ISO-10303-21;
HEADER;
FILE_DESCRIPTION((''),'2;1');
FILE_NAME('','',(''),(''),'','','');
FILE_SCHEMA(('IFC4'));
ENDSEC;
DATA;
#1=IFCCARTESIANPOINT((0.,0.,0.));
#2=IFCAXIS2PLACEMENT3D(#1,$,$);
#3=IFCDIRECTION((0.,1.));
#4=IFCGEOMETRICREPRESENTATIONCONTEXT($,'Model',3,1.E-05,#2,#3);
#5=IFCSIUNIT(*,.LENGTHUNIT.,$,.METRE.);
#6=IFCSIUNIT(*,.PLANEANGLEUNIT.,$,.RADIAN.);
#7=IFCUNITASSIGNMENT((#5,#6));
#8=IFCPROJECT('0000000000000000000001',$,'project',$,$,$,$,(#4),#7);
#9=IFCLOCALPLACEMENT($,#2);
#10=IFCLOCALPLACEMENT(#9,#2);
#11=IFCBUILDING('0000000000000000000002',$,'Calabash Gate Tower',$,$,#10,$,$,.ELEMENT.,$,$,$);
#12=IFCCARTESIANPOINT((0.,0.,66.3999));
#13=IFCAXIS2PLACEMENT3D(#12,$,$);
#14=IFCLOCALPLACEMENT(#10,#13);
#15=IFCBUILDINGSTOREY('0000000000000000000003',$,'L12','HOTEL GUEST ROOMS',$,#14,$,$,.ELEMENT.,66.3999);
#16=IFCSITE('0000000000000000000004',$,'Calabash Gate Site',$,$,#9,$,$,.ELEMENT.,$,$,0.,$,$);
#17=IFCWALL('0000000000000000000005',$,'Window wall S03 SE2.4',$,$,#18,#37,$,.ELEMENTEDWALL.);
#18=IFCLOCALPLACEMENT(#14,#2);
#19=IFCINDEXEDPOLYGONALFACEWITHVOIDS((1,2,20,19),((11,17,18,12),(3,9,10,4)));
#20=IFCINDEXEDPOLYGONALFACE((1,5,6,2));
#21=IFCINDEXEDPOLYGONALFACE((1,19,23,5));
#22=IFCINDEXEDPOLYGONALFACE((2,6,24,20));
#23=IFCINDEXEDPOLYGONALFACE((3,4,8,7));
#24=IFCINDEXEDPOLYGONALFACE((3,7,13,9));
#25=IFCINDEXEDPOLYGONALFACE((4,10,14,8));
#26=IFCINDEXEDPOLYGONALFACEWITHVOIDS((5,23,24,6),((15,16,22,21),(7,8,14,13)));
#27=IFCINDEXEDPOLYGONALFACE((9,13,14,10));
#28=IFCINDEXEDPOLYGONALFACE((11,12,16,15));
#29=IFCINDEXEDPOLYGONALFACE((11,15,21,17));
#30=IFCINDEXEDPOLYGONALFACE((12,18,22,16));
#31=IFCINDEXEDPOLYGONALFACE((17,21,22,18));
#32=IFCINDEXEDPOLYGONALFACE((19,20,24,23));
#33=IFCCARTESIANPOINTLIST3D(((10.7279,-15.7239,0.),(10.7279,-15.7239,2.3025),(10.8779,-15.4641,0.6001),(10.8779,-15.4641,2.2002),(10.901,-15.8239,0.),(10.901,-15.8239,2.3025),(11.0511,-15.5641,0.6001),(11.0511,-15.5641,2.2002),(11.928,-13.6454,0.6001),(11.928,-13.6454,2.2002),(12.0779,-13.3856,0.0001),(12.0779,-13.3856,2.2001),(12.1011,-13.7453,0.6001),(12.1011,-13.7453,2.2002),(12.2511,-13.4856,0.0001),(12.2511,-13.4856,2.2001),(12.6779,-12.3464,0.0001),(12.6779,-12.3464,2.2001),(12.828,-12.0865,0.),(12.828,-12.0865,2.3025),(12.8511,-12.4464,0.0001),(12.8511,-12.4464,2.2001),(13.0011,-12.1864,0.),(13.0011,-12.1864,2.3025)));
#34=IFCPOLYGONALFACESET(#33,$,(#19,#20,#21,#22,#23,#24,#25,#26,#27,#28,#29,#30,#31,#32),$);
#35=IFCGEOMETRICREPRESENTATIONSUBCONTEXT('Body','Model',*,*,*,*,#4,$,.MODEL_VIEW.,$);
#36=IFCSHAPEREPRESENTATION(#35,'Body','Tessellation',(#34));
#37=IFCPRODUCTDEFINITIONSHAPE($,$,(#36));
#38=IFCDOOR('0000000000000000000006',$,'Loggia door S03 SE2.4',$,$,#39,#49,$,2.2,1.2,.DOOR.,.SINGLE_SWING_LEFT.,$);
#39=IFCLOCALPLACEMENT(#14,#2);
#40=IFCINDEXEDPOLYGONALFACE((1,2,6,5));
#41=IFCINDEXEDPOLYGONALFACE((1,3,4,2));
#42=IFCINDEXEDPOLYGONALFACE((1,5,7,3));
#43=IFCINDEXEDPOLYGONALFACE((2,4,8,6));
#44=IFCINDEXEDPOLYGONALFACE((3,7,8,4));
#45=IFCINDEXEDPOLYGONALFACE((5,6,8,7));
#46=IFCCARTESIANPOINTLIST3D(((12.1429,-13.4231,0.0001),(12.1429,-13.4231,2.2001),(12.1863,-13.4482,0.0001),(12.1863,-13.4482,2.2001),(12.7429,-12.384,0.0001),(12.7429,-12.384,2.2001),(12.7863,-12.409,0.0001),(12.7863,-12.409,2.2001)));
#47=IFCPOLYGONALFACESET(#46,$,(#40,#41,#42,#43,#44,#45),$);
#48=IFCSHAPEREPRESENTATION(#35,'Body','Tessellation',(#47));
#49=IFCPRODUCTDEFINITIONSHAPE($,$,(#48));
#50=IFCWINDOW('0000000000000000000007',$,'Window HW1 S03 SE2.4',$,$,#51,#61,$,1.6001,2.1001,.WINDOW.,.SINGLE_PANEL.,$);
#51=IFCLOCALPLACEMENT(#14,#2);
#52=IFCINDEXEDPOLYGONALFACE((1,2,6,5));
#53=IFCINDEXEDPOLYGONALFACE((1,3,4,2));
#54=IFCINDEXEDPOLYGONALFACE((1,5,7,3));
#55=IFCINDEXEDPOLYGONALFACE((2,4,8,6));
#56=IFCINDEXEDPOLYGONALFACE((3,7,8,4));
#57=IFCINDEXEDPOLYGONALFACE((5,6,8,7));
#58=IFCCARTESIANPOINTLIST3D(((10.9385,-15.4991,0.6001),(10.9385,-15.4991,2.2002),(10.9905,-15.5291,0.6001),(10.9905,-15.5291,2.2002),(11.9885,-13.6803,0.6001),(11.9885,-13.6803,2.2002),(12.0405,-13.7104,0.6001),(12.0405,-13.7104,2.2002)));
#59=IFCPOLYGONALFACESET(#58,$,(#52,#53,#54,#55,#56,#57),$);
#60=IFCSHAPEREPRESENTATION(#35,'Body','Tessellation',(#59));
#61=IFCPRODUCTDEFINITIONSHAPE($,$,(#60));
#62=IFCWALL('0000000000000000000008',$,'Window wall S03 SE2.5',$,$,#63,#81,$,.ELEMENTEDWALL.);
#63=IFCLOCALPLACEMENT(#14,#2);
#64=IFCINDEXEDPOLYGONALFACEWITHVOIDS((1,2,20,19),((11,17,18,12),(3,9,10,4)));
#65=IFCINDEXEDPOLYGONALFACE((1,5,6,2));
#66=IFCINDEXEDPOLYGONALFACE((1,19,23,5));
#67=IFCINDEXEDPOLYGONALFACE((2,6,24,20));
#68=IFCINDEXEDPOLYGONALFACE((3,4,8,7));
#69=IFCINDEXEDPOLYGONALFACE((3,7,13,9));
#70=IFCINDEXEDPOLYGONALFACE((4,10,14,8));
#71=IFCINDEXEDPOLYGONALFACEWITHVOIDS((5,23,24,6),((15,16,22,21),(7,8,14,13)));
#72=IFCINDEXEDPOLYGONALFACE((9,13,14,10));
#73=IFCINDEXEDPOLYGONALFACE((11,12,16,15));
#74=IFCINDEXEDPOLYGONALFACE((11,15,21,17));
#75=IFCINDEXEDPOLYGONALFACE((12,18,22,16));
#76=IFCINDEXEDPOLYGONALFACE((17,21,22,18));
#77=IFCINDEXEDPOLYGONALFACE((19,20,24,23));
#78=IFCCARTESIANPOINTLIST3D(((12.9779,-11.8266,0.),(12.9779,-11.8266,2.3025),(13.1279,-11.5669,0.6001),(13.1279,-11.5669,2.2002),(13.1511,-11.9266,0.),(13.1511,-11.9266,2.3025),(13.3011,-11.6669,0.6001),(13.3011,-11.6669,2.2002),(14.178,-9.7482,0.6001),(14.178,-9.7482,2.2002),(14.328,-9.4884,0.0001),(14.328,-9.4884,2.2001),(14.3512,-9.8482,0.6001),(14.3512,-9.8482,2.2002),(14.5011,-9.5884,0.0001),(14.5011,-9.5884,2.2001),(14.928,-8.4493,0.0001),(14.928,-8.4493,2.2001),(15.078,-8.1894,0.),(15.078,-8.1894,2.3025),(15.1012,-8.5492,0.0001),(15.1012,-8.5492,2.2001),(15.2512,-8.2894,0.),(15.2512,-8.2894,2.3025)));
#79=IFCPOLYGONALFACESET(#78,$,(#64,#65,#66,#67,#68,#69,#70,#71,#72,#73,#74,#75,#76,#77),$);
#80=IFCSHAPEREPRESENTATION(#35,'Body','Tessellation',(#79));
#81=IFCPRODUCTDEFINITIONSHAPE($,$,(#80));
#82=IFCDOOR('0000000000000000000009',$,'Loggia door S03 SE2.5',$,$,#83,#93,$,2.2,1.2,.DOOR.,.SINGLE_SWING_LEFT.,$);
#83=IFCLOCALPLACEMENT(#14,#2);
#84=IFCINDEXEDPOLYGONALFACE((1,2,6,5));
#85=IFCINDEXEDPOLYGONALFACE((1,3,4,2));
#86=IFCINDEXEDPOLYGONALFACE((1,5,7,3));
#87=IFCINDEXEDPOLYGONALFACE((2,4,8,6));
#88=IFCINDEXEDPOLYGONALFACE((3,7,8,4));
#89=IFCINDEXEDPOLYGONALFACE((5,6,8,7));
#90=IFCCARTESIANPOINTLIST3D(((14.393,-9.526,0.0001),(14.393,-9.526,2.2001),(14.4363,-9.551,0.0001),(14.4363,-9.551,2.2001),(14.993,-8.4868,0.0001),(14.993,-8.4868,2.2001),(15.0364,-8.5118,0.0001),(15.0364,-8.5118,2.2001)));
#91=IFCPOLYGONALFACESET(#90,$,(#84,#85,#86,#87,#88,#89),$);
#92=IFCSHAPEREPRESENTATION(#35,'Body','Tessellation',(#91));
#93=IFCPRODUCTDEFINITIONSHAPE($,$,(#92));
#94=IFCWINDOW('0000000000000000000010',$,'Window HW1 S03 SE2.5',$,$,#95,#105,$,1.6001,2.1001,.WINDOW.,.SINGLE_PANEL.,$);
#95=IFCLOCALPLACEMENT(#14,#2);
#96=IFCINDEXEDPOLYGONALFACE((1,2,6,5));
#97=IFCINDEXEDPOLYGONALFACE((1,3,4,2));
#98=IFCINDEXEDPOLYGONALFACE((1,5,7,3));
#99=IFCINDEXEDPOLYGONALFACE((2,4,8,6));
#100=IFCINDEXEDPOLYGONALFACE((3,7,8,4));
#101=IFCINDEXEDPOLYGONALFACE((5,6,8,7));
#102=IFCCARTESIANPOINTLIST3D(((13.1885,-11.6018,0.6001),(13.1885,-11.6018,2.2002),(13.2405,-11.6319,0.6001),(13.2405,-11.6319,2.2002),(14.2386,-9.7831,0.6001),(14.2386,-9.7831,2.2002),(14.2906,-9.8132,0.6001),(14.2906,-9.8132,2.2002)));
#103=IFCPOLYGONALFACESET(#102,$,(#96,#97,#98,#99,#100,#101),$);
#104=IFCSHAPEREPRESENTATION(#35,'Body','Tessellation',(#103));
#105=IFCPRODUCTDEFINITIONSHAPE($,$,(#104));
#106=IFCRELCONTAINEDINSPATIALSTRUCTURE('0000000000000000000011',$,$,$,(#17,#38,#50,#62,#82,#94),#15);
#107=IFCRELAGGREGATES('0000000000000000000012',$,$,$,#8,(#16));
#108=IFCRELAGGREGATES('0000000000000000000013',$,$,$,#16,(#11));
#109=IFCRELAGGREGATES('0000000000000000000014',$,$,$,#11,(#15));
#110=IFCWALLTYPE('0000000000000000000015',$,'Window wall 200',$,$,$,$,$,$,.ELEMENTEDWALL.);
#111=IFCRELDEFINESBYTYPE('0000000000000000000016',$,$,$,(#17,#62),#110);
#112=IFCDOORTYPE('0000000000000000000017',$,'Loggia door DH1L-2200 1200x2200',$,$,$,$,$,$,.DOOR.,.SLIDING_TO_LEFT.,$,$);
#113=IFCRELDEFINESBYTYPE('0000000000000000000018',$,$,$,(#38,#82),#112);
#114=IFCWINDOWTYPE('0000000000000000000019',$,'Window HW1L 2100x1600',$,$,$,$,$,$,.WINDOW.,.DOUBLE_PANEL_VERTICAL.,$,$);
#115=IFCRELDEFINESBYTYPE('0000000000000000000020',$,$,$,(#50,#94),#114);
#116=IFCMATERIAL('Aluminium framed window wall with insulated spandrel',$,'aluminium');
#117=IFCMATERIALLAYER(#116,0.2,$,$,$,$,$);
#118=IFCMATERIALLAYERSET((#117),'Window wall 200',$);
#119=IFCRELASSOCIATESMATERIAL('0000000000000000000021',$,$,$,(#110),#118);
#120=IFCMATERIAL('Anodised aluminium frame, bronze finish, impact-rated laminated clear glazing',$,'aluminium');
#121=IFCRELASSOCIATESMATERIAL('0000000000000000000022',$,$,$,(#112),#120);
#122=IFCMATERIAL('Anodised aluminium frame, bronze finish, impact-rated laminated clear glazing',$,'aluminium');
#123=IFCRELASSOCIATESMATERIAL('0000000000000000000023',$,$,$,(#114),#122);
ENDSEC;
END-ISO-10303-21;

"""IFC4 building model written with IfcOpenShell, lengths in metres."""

from ifc_helpers import new_model, si_unit, direction, frame, frame_2d, origin, place, context, subcontext, project, spatial, rectangle, extrude, material, layer, layer_set, type_object, element, fill, save


model = new_model("IFC4")

# Units and contexts
model_context = context("Model", 3, precision=1e-05, world=origin(), true_north=direction((0.0, 1.0)))
body_context = subcontext(model_context, "Body", "Model", "MODEL_VIEW")
ifc_project = project(units=[si_unit("LENGTHUNIT", "METRE"), si_unit("PLANEANGLEUNIT", "RADIAN")], contexts=[model_context])

# Site, building, storey
site_placement = place(None, origin())
site = spatial("IfcSite", under=ifc_project, at=site_placement, Name="Calabash Gate Site", CompositionType="ELEMENT", RefElevation=0.0)
building_placement = place(site_placement, origin())
building = spatial("IfcBuilding", under=site, at=building_placement, Name="Calabash Gate Tower", CompositionType="ELEMENT")
storey_placement = place(building_placement, frame((0.0, 0.0, 66.3999)))
storey = spatial("IfcBuildingStorey", under=building, at=storey_placement, Name="L12", Description="HOTEL GUEST ROOMS", CompositionType="ELEMENT", Elevation=66.3999)

# Walls, openings, doors, windows
ifc_material_1 = material(Name="Aluminium framed window wall with insulated spandrel", Category="aluminium")
ifc_layer_1 = layer(ifc_material_1, 0.2)
ifc_layer_set_1 = layer_set([ifc_layer_1], Name="Window wall 200")
wall_type_1 = type_object("IfcWallType", Name="Window wall 200", PredefinedType="ELEMENTEDWALL", material=ifc_layer_set_1)
wall_1_placement = place(storey_placement, frame((10.8145, -15.7739, 0.0), z_axis=(0.0, 0.0, 1.0), x_axis=(0.500003, 0.866024, 0.0)))
wall_1 = element("IfcWall", 1, at=wall_1_placement, inside=storey, type_object=wall_type_1, Name="Window wall S03 SE2.4", PredefinedType="ELEMENTEDWALL", context=body_context, shape_type="SweptSolid", body=[
    extrude(rectangle(XDim=4.2002, YDim=0.2, at=frame_2d((2.1001, 0.0))), origin(), (0.0, 0.0, 1.0), 2.3025),
])
opening_1_placement = place(wall_1_placement, frame((0.3, 0.0, 0.6001)))
opening_1 = element("IfcOpeningElement", 2, at=opening_1_placement, cuts=wall_1, PredefinedType="OPENING", context=body_context, shape_type="SweptSolid", body=[
    extrude(rectangle(XDim=2.1001, YDim=1.6001, at=frame_2d((1.05, 0.8))), frame((0.0, 0.1099, 0.0), z_axis=(0.0, -1.0, 0.0), x_axis=(1.0, 0.0, 0.0)), (0.0, 0.0, 1.0), 0.22),
])
opening_2_placement = place(wall_1_placement, frame((2.7, 0.0, 0.0)))
opening_2 = element("IfcOpeningElement", 3, at=opening_2_placement, cuts=wall_1, PredefinedType="OPENING", context=body_context, shape_type="SweptSolid", body=[
    extrude(rectangle(XDim=1.2, YDim=2.2, at=frame_2d((0.6001, 1.1001))), frame((0.0, 0.1099, 0.0), z_axis=(0.0, -1.0, 0.0), x_axis=(1.0, 0.0, 0.0)), (0.0, 0.0, 1.0), 0.22),
])
ifc_material_2 = material(Name="Anodised aluminium frame, bronze finish, impact-rated laminated clear glazing", Category="aluminium")
door_type_1 = type_object("IfcDoorType", Name="Loggia door DH1L-2200 1200x2200", OperationType="SLIDING_TO_LEFT", PredefinedType="DOOR", material=ifc_material_2)
door_1_placement = place(opening_2_placement, origin())
door_1 = element("IfcDoor", 4, at=door_1_placement, inside=storey, type_object=door_type_1, Name="Loggia door S03 SE2.4", OperationType="SINGLE_SWING_LEFT", OverallHeight=2.2, OverallWidth=1.2, PredefinedType="DOOR", context=body_context, shape_type="SweptSolid", body=[
    extrude(rectangle(XDim=1.2, YDim=2.2, at=frame_2d((0.6001, 1.1001))), frame((0.0, 0.0249, 0.0), z_axis=(0.0, -1.0, 0.0), x_axis=(1.0, 0.0, 0.0)), (0.0, 0.0, 1.0), 0.05),
])
fill(opening_2, door_1)
ifc_material_3 = material(Name="Anodised aluminium frame, bronze finish, impact-rated laminated clear glazing", Category="aluminium")
window_type = type_object("IfcWindowType", Name="Window HW1L 2100x1600", PartitioningType="DOUBLE_PANEL_VERTICAL", PredefinedType="WINDOW", material=ifc_material_3)
window_1_placement = place(opening_1_placement, origin())
window_1 = element("IfcWindow", 5, at=window_1_placement, inside=storey, type_object=window_type, Name="Window HW1 S03 SE2.4", OverallHeight=1.6001, OverallWidth=2.1001, PartitioningType="SINGLE_PANEL", PredefinedType="WINDOW", context=body_context, shape_type="SweptSolid", body=[
    extrude(rectangle(XDim=2.1001, YDim=1.6001, at=frame_2d((1.05, 0.8))), frame((0.0, 0.03, 0.0), z_axis=(0.0, -1.0, 0.0), x_axis=(1.0, 0.0, 0.0)), (0.0, 0.0, 1.0), 0.0601),
])
fill(opening_1, window_1)
wall_2_placement = place(storey_placement, frame((13.0645, -11.8767, 0.0), z_axis=(0.0, 0.0, 1.0), x_axis=(0.500028, 0.866009, 0.0)))
wall_2 = element("IfcWall", 6, at=wall_2_placement, inside=storey, type_object=wall_type_1, Name="Window wall S03 SE2.5", PredefinedType="ELEMENTEDWALL", context=body_context, shape_type="SweptSolid", body=[
    extrude(rectangle(XDim=4.2, YDim=0.2, at=frame_2d((2.1001, 0.0))), origin(), (0.0, 0.0, 1.0), 2.3025),
])
opening_3_placement = place(wall_2_placement, frame((0.3, 0.0, 0.6001)))
opening_3 = element("IfcOpeningElement", 7, at=opening_3_placement, cuts=wall_2, PredefinedType="OPENING", context=body_context, shape_type="SweptSolid", body=[
    extrude(rectangle(XDim=2.1001, YDim=1.6001, at=frame_2d((1.05, 0.8))), frame((0.0, 0.1099, 0.0), z_axis=(0.0, -1.0, 0.0), x_axis=(1.0, 0.0, 0.0)), (0.0, 0.0, 1.0), 0.22),
])
opening_4_placement = place(wall_2_placement, frame((2.7, 0.0, 0.0)))
opening_4 = element("IfcOpeningElement", 8, at=opening_4_placement, cuts=wall_2, PredefinedType="OPENING", context=body_context, shape_type="SweptSolid", body=[
    extrude(rectangle(XDim=1.2, YDim=2.2, at=frame_2d((0.6001, 1.1001))), frame((0.0, 0.1099, 0.0), z_axis=(0.0, -1.0, 0.0), x_axis=(1.0, 0.0, 0.0)), (0.0, 0.0, 1.0), 0.22),
])
door_2_placement = place(opening_4_placement, origin())
door_2 = element("IfcDoor", 9, at=door_2_placement, inside=storey, type_object=door_type_1, Name="Loggia door S03 SE2.5", OperationType="SINGLE_SWING_LEFT", OverallHeight=2.2, OverallWidth=1.2, PredefinedType="DOOR", context=body_context, shape_type="SweptSolid", body=[
    extrude(rectangle(XDim=1.2, YDim=2.2, at=frame_2d((0.6001, 1.1001))), frame((0.0, 0.0249, 0.0), z_axis=(0.0, -1.0, 0.0), x_axis=(1.0, 0.0, 0.0)), (0.0, 0.0, 1.0), 0.05),
])
fill(opening_4, door_2)
window_2_placement = place(opening_3_placement, origin())
window_2 = element("IfcWindow", 10, at=window_2_placement, inside=storey, type_object=window_type, Name="Window HW1 S03 SE2.5", OverallHeight=1.6001, OverallWidth=2.1001, PartitioningType="SINGLE_PANEL", PredefinedType="WINDOW", context=body_context, shape_type="SweptSolid", body=[
    extrude(rectangle(XDim=2.1001, YDim=1.6001, at=frame_2d((1.05, 0.8))), frame((0.0, 0.03, 0.0), z_axis=(0.0, -1.0, 0.0), x_axis=(1.0, 0.0, 0.0)), (0.0, 0.0, 1.0), 0.0601),
])
fill(opening_3, window_2)

save(model, "model.ifc")
